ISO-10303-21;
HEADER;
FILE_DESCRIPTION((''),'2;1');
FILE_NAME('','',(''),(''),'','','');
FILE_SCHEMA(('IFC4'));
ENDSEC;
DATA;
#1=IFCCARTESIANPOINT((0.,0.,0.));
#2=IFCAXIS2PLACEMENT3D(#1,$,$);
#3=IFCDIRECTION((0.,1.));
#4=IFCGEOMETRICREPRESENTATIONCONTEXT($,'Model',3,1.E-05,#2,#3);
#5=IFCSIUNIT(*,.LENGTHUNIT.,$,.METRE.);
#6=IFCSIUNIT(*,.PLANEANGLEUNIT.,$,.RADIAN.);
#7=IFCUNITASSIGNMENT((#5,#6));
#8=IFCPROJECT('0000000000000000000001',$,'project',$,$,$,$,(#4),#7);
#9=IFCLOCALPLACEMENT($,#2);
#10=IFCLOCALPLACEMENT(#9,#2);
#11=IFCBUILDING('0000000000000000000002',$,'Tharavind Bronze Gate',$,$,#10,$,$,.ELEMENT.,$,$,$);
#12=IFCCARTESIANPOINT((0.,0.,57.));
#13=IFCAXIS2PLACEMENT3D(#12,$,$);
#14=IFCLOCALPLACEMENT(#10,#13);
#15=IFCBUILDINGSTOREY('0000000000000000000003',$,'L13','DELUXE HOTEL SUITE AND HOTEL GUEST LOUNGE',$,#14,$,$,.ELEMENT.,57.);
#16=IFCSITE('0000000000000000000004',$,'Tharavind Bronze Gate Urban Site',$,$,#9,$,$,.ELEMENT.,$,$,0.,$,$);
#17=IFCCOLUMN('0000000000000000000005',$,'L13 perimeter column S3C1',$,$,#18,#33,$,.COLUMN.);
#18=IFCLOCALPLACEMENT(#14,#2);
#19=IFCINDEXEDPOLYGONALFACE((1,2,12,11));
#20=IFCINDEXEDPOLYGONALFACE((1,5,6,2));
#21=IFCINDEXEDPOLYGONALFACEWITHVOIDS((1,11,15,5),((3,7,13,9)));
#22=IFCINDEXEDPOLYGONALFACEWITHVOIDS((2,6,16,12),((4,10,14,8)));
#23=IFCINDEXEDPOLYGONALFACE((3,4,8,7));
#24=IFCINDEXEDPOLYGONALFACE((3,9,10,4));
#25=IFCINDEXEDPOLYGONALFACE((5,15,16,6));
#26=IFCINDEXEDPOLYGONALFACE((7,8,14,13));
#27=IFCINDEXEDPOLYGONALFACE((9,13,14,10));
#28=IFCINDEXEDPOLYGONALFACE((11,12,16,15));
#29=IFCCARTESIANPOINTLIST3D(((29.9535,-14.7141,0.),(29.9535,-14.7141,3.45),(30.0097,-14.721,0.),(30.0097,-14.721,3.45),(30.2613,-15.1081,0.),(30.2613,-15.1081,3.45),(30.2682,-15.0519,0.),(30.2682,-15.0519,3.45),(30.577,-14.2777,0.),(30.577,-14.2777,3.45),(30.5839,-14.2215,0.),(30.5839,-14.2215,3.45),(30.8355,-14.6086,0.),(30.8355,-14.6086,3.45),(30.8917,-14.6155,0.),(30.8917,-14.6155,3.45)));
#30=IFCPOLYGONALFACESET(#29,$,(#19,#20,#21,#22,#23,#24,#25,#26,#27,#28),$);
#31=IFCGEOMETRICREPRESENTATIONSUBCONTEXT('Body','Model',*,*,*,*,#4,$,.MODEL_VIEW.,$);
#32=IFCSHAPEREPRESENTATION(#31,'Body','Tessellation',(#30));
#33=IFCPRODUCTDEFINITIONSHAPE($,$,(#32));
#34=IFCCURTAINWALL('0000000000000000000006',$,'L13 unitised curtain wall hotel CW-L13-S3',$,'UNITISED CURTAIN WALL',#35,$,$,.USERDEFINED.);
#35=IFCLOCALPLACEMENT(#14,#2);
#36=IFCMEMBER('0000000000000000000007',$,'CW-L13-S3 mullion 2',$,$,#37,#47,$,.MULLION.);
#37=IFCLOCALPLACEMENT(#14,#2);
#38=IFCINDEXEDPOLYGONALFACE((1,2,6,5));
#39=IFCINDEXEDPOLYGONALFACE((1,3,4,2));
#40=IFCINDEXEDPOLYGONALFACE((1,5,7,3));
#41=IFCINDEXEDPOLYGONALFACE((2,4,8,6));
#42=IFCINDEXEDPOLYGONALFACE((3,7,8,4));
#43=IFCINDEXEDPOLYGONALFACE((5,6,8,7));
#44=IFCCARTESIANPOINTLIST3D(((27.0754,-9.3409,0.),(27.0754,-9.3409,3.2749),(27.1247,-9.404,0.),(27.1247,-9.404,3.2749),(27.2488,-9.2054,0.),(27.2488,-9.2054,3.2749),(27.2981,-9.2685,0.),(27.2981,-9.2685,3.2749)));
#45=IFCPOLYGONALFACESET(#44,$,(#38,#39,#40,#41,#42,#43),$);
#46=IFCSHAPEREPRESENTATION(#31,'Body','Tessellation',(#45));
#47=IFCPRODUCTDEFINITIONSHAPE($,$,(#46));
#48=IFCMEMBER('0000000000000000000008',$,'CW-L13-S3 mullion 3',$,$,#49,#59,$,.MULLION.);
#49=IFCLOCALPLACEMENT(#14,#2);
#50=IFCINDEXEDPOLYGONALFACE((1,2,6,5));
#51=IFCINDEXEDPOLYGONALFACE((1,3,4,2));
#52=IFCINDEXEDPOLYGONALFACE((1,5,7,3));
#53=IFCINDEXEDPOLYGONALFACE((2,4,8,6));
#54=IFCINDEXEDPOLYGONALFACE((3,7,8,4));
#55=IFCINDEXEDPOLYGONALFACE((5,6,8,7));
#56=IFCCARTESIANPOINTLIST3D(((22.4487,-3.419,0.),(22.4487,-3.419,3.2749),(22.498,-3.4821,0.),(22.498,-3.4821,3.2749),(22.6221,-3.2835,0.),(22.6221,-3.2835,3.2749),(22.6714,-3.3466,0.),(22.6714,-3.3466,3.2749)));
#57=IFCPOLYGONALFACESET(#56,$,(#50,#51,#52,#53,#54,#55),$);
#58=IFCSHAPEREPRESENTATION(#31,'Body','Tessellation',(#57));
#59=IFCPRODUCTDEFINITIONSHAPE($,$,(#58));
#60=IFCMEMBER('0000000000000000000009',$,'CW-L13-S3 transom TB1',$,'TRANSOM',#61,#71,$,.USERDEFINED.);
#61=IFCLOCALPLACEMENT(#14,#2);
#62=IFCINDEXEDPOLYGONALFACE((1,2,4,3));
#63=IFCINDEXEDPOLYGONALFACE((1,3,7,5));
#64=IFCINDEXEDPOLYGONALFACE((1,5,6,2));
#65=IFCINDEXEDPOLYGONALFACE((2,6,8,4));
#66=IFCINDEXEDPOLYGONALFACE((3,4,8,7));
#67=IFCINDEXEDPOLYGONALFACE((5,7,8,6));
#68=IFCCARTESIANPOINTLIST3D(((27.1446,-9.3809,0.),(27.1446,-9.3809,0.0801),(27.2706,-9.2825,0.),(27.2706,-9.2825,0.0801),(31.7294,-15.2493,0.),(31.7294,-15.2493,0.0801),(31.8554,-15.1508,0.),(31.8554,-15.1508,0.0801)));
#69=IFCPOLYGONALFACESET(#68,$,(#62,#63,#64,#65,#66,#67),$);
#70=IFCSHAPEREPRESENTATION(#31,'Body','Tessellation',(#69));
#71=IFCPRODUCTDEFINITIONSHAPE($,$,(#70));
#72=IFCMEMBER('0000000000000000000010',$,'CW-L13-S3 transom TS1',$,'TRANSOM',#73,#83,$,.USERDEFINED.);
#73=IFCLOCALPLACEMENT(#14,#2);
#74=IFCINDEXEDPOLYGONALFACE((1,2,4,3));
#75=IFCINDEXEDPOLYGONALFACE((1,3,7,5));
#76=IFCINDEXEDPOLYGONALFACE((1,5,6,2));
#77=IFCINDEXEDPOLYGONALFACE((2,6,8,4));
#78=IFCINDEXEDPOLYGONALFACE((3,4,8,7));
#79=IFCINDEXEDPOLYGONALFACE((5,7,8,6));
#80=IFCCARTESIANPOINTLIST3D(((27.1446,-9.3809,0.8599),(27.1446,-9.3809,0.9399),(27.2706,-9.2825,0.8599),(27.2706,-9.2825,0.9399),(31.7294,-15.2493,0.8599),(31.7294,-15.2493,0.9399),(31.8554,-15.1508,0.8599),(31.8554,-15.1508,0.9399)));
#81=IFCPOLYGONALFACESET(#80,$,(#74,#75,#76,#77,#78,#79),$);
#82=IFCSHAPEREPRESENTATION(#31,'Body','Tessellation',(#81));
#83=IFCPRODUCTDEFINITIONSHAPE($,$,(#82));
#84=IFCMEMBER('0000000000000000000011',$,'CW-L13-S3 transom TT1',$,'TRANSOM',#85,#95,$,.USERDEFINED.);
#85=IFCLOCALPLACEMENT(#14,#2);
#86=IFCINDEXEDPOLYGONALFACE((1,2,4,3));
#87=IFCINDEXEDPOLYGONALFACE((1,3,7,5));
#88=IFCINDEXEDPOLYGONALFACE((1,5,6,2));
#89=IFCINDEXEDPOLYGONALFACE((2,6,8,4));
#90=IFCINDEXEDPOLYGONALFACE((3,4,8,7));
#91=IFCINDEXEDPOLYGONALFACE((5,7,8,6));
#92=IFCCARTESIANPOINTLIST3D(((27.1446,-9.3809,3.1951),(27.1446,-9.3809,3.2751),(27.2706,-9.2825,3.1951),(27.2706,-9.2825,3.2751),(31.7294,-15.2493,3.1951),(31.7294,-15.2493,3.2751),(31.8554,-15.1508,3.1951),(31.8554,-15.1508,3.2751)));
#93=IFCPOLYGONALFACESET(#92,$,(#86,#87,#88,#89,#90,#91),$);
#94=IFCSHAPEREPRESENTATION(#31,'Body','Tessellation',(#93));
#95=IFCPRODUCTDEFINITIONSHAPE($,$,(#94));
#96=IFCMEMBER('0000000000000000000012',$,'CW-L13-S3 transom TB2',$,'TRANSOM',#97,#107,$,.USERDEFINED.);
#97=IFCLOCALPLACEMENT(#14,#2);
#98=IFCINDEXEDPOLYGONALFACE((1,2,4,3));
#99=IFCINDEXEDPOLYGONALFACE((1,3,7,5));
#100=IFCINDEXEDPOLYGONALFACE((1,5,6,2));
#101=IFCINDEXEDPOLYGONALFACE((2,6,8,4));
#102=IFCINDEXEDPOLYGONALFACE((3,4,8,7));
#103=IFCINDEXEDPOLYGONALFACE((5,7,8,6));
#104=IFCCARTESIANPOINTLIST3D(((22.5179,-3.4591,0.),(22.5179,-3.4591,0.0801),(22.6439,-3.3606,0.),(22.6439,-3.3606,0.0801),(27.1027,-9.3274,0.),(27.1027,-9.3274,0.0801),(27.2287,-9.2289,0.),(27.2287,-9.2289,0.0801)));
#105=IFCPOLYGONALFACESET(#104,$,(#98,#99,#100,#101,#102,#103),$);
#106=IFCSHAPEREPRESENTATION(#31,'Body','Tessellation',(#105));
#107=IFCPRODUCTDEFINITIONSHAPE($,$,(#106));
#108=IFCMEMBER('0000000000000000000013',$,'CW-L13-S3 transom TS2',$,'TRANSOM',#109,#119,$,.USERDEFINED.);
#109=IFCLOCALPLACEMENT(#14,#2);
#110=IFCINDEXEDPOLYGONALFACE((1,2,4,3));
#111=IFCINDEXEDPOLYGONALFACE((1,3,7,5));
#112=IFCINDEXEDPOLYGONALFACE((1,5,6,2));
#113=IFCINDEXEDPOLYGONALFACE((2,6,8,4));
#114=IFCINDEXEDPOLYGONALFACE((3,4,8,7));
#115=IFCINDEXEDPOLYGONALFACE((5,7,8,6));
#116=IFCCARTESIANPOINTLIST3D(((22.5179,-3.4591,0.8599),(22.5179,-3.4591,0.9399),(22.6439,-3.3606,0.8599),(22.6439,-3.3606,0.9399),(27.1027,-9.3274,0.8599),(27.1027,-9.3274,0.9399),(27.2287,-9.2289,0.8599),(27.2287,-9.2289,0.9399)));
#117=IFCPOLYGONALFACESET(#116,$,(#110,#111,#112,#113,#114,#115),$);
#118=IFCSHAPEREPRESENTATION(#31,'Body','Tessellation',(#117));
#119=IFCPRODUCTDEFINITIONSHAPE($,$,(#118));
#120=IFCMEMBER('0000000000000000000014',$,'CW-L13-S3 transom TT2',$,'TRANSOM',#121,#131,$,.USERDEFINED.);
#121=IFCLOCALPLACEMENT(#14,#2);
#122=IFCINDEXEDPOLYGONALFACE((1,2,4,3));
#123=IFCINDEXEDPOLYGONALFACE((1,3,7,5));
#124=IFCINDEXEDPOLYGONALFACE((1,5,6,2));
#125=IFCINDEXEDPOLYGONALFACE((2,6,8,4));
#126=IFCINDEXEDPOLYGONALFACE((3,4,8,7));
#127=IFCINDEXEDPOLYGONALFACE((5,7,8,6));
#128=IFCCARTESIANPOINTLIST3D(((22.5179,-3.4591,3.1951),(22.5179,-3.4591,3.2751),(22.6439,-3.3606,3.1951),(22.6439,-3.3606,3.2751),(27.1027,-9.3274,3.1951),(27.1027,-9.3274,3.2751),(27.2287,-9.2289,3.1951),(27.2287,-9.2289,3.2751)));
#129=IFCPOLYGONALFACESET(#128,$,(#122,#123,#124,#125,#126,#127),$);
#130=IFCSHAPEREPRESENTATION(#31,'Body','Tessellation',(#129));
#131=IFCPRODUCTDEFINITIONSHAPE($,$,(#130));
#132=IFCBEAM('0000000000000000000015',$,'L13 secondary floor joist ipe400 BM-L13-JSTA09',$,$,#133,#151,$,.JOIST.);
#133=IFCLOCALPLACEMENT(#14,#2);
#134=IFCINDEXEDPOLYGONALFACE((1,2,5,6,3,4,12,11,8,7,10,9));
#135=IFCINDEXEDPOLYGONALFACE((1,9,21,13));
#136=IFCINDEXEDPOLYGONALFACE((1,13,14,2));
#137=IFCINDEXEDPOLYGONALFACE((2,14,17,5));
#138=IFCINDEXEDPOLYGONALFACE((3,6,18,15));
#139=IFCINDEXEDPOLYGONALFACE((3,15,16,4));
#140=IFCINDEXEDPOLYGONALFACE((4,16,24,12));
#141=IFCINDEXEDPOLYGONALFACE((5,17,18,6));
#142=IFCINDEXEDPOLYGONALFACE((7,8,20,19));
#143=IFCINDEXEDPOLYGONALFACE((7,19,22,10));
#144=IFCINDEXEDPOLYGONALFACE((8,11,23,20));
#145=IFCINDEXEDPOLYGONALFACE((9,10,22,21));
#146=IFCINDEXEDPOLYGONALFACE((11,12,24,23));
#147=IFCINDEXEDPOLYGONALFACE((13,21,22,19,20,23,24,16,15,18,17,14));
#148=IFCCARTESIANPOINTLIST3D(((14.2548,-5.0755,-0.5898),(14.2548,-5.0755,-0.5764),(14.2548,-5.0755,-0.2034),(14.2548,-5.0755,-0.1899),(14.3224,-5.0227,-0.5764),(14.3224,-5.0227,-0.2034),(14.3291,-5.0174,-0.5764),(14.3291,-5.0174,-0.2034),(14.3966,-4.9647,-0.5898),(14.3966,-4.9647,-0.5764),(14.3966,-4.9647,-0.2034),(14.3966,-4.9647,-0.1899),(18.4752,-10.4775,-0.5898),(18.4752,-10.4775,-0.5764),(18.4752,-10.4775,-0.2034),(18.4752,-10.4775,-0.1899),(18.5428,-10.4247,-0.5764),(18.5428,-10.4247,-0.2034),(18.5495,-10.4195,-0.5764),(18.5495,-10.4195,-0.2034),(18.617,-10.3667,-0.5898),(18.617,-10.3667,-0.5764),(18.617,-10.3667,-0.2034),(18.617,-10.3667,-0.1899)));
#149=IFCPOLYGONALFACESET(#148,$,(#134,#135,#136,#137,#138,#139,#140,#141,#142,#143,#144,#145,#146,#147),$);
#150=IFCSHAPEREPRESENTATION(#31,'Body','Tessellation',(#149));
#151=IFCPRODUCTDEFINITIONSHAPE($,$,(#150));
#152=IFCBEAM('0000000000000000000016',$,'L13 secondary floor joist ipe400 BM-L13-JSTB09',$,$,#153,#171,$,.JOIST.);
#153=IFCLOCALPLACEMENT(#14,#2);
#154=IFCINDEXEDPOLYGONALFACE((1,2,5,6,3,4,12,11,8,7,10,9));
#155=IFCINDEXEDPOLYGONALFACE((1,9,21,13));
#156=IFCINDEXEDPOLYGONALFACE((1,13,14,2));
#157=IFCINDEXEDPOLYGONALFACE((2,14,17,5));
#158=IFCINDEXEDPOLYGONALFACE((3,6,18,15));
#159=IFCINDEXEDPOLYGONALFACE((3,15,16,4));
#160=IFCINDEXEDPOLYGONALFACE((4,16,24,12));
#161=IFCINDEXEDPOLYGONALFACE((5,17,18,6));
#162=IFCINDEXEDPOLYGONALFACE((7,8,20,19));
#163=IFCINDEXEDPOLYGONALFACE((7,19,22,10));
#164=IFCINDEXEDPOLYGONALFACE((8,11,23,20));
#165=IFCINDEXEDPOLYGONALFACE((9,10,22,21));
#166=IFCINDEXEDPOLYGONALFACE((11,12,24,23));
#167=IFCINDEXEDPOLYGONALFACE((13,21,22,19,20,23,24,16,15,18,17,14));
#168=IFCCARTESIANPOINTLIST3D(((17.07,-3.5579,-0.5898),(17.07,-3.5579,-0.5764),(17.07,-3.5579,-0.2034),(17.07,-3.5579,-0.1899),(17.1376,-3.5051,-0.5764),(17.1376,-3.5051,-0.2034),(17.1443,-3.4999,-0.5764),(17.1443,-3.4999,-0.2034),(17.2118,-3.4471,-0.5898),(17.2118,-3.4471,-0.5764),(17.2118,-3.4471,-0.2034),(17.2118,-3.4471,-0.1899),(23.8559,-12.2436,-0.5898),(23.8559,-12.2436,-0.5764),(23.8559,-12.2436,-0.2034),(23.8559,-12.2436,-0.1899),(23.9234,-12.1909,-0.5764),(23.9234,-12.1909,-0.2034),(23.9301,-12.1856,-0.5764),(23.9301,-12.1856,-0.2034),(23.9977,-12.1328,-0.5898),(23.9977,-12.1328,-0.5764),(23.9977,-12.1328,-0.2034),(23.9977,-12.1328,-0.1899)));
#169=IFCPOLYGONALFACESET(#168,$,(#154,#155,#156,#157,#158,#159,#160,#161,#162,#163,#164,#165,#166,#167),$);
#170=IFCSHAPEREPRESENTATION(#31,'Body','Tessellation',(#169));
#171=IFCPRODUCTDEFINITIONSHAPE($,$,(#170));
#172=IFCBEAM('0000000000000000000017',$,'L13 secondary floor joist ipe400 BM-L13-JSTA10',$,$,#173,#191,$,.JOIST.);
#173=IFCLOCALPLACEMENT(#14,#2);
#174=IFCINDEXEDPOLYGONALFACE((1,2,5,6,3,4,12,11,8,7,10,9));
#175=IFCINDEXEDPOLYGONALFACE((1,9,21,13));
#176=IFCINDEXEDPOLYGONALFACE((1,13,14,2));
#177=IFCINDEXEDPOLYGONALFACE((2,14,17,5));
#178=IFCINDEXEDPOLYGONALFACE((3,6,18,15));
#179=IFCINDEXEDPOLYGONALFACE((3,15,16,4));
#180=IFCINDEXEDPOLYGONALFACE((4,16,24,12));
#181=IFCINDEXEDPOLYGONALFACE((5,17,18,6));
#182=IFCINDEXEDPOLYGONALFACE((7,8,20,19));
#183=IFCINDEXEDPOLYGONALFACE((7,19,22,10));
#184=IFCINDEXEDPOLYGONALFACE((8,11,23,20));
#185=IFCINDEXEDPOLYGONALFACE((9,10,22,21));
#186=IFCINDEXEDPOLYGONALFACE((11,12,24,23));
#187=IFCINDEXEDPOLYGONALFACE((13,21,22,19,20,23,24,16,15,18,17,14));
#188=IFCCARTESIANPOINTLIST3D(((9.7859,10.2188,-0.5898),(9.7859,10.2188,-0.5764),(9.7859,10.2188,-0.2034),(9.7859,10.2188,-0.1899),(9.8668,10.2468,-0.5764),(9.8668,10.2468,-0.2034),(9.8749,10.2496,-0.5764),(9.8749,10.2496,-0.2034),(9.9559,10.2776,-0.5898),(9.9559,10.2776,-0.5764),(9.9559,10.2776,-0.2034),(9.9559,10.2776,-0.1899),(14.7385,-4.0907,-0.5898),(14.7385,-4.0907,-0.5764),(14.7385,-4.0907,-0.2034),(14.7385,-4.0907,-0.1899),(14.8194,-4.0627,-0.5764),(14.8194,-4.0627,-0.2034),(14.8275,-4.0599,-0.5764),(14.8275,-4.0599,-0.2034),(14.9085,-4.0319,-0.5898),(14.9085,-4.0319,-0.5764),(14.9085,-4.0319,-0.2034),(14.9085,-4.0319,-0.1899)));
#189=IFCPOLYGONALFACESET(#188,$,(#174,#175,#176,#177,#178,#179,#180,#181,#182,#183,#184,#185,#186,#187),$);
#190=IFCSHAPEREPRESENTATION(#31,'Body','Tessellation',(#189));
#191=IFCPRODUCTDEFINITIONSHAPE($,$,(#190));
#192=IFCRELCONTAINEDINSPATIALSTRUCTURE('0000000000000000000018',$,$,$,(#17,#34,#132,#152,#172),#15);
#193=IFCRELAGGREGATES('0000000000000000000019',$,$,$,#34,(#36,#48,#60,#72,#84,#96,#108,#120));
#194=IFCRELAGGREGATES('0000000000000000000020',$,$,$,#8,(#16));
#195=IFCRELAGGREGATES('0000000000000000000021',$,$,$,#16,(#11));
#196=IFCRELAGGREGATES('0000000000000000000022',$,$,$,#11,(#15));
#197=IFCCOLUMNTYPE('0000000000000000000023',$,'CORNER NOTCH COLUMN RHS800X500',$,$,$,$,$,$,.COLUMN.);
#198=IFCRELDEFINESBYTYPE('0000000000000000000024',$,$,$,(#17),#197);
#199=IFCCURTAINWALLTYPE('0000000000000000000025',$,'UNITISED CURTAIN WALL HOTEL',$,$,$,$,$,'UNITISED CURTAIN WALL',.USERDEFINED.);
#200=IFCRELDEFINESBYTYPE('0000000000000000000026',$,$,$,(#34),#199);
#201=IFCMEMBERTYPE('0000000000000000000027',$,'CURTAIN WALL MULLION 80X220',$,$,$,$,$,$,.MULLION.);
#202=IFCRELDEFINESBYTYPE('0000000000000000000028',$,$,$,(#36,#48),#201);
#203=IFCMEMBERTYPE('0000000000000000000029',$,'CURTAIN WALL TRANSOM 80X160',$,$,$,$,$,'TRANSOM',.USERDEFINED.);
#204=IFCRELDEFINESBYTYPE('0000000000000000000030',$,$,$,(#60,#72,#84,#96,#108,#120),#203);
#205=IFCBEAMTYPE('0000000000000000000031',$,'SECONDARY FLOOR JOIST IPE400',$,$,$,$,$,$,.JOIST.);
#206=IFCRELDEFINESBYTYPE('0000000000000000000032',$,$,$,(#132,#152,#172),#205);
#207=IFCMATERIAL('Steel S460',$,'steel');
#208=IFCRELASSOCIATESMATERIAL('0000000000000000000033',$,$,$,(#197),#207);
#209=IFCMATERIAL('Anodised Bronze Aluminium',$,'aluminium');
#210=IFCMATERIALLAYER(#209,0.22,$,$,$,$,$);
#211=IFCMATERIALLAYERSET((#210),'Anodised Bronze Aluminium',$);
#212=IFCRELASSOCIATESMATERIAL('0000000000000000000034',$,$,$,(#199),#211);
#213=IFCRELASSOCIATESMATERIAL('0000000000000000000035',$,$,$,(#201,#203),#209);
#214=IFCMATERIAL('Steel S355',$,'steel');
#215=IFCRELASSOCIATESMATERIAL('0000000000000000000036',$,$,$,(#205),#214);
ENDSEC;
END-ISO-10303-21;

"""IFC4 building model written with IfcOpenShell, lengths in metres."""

from ifc_helpers import new_model, si_unit, direction, frame, origin, origin_2d, place, context, subcontext, project, spatial, rectangle, hollow_rectangle, i_section, extrude, material, layer, layer_set, material_profile, profile_set, type_object, element, aggregate, save


model = new_model("IFC4")

# Units and contexts
model_context = context("Model", 3, precision=1e-05, world=origin(), true_north=direction((0.0, 1.0)))
body_context = subcontext(model_context, "Body", "Model", "MODEL_VIEW")
ifc_project = project(units=[si_unit("LENGTHUNIT", "METRE"), si_unit("PLANEANGLEUNIT", "RADIAN")], contexts=[model_context])

# Site, building, storey
site_placement = place(None, origin())
site = spatial("IfcSite", under=ifc_project, at=site_placement, Name="Tharavind Bronze Gate Urban Site", CompositionType="ELEMENT", RefElevation=0.0)
building_placement = place(site_placement, origin())
building = spatial("IfcBuilding", under=site, at=building_placement, Name="Tharavind Bronze Gate", CompositionType="ELEMENT")
storey_placement = place(building_placement, frame((0.0, 0.0, 57.0)))
storey = spatial("IfcBuildingStorey", under=building, at=storey_placement, Name="L13", Description="DELUXE HOTEL SUITE AND HOTEL GUEST LOUNGE", CompositionType="ELEMENT", Elevation=57.0)

# Column
ifc_material_1 = material(Name="Steel S460", Category="steel")
ifc_material_profile_1 = material_profile(ifc_material_1, hollow_rectangle(XDim=0.5, YDim=0.8, WallThickness=0.04, at=origin_2d()), Name="RHS800X500X40")
ifc_profile_set_1 = profile_set([ifc_material_profile_1], Name="Steel S460")
column_type = type_object("IfcColumnType", Name="CORNER NOTCH COLUMN RHS800X500", PredefinedType="COLUMN", material=ifc_profile_set_1)
column_placement = place(storey_placement, frame((30.4226, -14.6648, 0.0), z_axis=(0.0, 0.0, 1.0), x_axis=(-0.615661, 0.788011, 0.0)))
element("IfcColumn", 1, at=column_placement, inside=storey, type_object=column_type, Name="L13 perimeter column S3C1", PredefinedType="COLUMN", context=body_context, shape_type="SweptSolid", body=[
    extrude(hollow_rectangle(XDim=0.5, YDim=0.8, WallThickness=0.04, at=origin_2d()), origin(), (0.0, 0.0, 1.0), 3.45),
])

# Curtain wall, members
ifc_material_2 = material(Name="Anodised Bronze Aluminium", Category="aluminium")
ifc_layer_1 = layer(ifc_material_2, 0.22)
ifc_layer_set_1 = layer_set([ifc_layer_1], Name="Anodised Bronze Aluminium")
curtain_wall_type = type_object("IfcCurtainWallType", Name="UNITISED CURTAIN WALL HOTEL", ElementType="UNITISED CURTAIN WALL", PredefinedType="USERDEFINED", material=ifc_layer_set_1)
curtain_wall_placement = place(storey_placement, origin())
curtain_wall = element("IfcCurtainWall", 2, at=curtain_wall_placement, inside=storey, type_object=curtain_wall_type, Name="L13 unitised curtain wall hotel CW-L13-S3", ObjectType="UNITISED CURTAIN WALL", PredefinedType="USERDEFINED")
member_type_1 = type_object("IfcMemberType", Name="CURTAIN WALL MULLION 80X220", PredefinedType="MULLION", material=ifc_material_2)
member_1_placement = place(storey_placement, frame((27.1868, -9.3047, 0.0), z_axis=(0.0, 0.0, 1.0), x_axis=(-0.615661, 0.788011, 0.0)))
member_1 = element("IfcMember", 3, at=member_1_placement, type_object=member_type_1, Name="CW-L13-S3 mullion 2", PredefinedType="MULLION", context=body_context, shape_type="SweptSolid", body=[
    extrude(rectangle(XDim=0.0801, YDim=0.22, at=origin_2d()), origin(), (0.0, 0.0, 1.0), 3.2749),
])
member_2_placement = place(storey_placement, frame((22.5601, -3.3828, 0.0), z_axis=(0.0, 0.0, 1.0), x_axis=(-0.615661, 0.788011, 0.0)))
member_2 = element("IfcMember", 4, at=member_2_placement, type_object=member_type_1, Name="CW-L13-S3 mullion 3", PredefinedType="MULLION", context=body_context, shape_type="SweptSolid", body=[
    extrude(rectangle(XDim=0.0801, YDim=0.22, at=origin_2d()), origin(), (0.0, 0.0, 1.0), 3.2749),
])
member_type_2 = type_object("IfcMemberType", Name="CURTAIN WALL TRANSOM 80X160", ElementType="TRANSOM", PredefinedType="USERDEFINED", material=ifc_material_2)
member_3_placement = place(storey_placement, frame((29.5, -12.2659, 0.0), z_axis=(0.0, 0.0, 1.0), x_axis=(-0.615661, 0.788011, 0.0)))
member_3 = element("IfcMember", 5, at=member_3_placement, type_object=member_type_2, Name="CW-L13-S3 transom TB1", ObjectType="TRANSOM", PredefinedType="USERDEFINED", context=body_context, shape_type="SweptSolid", body=[
    extrude(rectangle(XDim=7.447, YDim=0.1599, at=origin_2d()), origin(), (0.0, 0.0, 1.0), 0.0801),
])
member_4_placement = place(storey_placement, frame((29.5, -12.2659, 0.8599), z_axis=(0.0, 0.0, 1.0), x_axis=(-0.615661, 0.788011, 0.0)))
member_4 = element("IfcMember", 6, at=member_4_placement, type_object=member_type_2, Name="CW-L13-S3 transom TS1", ObjectType="TRANSOM", PredefinedType="USERDEFINED", context=body_context, shape_type="SweptSolid", body=[
    extrude(rectangle(XDim=7.447, YDim=0.1599, at=origin_2d()), origin(), (0.0, 0.0, 1.0), 0.0801),
])
member_5_placement = place(storey_placement, frame((29.5, -12.2659, 3.1951), z_axis=(0.0, 0.0, 1.0), x_axis=(-0.615661, 0.788011, 0.0)))
member_5 = element("IfcMember", 7, at=member_5_placement, type_object=member_type_2, Name="CW-L13-S3 transom TT1", ObjectType="TRANSOM", PredefinedType="USERDEFINED", context=body_context, shape_type="SweptSolid", body=[
    extrude(rectangle(XDim=7.447, YDim=0.1599, at=origin_2d()), origin(), (0.0, 0.0, 1.0), 0.0801),
])
member_6_placement = place(storey_placement, frame((24.8733, -6.344, 0.0), z_axis=(0.0, 0.0, 1.0), x_axis=(-0.615661, 0.788011, 0.0)))
member_6 = element("IfcMember", 8, at=member_6_placement, type_object=member_type_2, Name="CW-L13-S3 transom TB2", ObjectType="TRANSOM", PredefinedType="USERDEFINED", context=body_context, shape_type="SweptSolid", body=[
    extrude(rectangle(XDim=7.447, YDim=0.1599, at=origin_2d()), origin(), (0.0, 0.0, 1.0), 0.0801),
])
member_7_placement = place(storey_placement, frame((24.8733, -6.344, 0.8599), z_axis=(0.0, 0.0, 1.0), x_axis=(-0.615661, 0.788011, 0.0)))
member_7 = element("IfcMember", 9, at=member_7_placement, type_object=member_type_2, Name="CW-L13-S3 transom TS2", ObjectType="TRANSOM", PredefinedType="USERDEFINED", context=body_context, shape_type="SweptSolid", body=[
    extrude(rectangle(XDim=7.447, YDim=0.1599, at=origin_2d()), origin(), (0.0, 0.0, 1.0), 0.0801),
])
member_8_placement = place(storey_placement, frame((24.8733, -6.344, 3.1951), z_axis=(0.0, 0.0, 1.0), x_axis=(-0.615661, 0.788011, 0.0)))
member_8 = element("IfcMember", 10, at=member_8_placement, type_object=member_type_2, Name="CW-L13-S3 transom TT2", ObjectType="TRANSOM", PredefinedType="USERDEFINED", context=body_context, shape_type="SweptSolid", body=[
    extrude(rectangle(XDim=7.447, YDim=0.1599, at=origin_2d()), origin(), (0.0, 0.0, 1.0), 0.0801),
])

# Beams
ifc_material_3 = material(Name="Steel S355", Category="steel")
ifc_material_profile_2 = material_profile(ifc_material_3, i_section(OverallWidth=0.1799, OverallDepth=0.3999, WebThickness=0.0085, FlangeThickness=0.0134, at=origin_2d()), Name="IPE400")
ifc_profile_set_2 = profile_set([ifc_material_profile_2], Name="Steel S355")
beam_type_1 = type_object("IfcBeamType", Name="SECONDARY FLOOR JOIST IPE400", PredefinedType="JOIST", material=ifc_profile_set_2)
beam_1_placement = place(storey_placement, frame((18.5461, -10.4221, -0.3899), z_axis=(-0.61565, 0.78802, 0.0), x_axis=(-0.78802, -0.61565, 0.0)))
element("IfcBeam", 11, at=beam_1_placement, inside=storey, type_object=beam_type_1, Name="L13 secondary floor joist ipe400 BM-L13-JSTA09", PredefinedType="JOIST", context=body_context, shape_type="SweptSolid", body=[
    extrude(i_section(OverallWidth=0.1799, OverallDepth=0.3999, WebThickness=0.0085, FlangeThickness=0.0134, at=origin_2d()), origin(), (0.0, 0.0, 1.0), 6.8552),
])
beam_2_placement = place(storey_placement, frame((23.9268, -12.1882, -0.3899), z_axis=(-0.61565, 0.788019, 0.0), x_axis=(-0.788019, -0.61565, 0.0)))
element("IfcBeam", 12, at=beam_2_placement, inside=storey, type_object=beam_type_1, Name="L13 secondary floor joist ipe400 BM-L13-JSTB09", PredefinedType="JOIST", context=body_context, shape_type="SweptSolid", body=[
    extrude(i_section(OverallWidth=0.1799, OverallDepth=0.3999, WebThickness=0.0085, FlangeThickness=0.0134, at=origin_2d()), origin(), (0.0, 0.0, 1.0), 11.0222),
])
beam_3_placement = place(storey_placement, frame((14.8235, -4.0613, -0.3899), z_axis=(-0.327071, 0.945, 0.0), x_axis=(-0.945, -0.327071, 0.0)))
element("IfcBeam", 13, at=beam_3_placement, inside=storey, type_object=beam_type_1, Name="L13 secondary floor joist ipe400 BM-L13-JSTA10", PredefinedType="JOIST", context=body_context, shape_type="SweptSolid", body=[
    extrude(i_section(OverallWidth=0.1799, OverallDepth=0.3999, WebThickness=0.0085, FlangeThickness=0.0134, at=origin_2d()), origin(), (0.0, 0.0, 1.0), 15.1423),
])

aggregate(curtain_wall, [member_1, member_2, member_3, member_4, member_5, member_6, member_7, member_8])

save(model, "model.ifc")
